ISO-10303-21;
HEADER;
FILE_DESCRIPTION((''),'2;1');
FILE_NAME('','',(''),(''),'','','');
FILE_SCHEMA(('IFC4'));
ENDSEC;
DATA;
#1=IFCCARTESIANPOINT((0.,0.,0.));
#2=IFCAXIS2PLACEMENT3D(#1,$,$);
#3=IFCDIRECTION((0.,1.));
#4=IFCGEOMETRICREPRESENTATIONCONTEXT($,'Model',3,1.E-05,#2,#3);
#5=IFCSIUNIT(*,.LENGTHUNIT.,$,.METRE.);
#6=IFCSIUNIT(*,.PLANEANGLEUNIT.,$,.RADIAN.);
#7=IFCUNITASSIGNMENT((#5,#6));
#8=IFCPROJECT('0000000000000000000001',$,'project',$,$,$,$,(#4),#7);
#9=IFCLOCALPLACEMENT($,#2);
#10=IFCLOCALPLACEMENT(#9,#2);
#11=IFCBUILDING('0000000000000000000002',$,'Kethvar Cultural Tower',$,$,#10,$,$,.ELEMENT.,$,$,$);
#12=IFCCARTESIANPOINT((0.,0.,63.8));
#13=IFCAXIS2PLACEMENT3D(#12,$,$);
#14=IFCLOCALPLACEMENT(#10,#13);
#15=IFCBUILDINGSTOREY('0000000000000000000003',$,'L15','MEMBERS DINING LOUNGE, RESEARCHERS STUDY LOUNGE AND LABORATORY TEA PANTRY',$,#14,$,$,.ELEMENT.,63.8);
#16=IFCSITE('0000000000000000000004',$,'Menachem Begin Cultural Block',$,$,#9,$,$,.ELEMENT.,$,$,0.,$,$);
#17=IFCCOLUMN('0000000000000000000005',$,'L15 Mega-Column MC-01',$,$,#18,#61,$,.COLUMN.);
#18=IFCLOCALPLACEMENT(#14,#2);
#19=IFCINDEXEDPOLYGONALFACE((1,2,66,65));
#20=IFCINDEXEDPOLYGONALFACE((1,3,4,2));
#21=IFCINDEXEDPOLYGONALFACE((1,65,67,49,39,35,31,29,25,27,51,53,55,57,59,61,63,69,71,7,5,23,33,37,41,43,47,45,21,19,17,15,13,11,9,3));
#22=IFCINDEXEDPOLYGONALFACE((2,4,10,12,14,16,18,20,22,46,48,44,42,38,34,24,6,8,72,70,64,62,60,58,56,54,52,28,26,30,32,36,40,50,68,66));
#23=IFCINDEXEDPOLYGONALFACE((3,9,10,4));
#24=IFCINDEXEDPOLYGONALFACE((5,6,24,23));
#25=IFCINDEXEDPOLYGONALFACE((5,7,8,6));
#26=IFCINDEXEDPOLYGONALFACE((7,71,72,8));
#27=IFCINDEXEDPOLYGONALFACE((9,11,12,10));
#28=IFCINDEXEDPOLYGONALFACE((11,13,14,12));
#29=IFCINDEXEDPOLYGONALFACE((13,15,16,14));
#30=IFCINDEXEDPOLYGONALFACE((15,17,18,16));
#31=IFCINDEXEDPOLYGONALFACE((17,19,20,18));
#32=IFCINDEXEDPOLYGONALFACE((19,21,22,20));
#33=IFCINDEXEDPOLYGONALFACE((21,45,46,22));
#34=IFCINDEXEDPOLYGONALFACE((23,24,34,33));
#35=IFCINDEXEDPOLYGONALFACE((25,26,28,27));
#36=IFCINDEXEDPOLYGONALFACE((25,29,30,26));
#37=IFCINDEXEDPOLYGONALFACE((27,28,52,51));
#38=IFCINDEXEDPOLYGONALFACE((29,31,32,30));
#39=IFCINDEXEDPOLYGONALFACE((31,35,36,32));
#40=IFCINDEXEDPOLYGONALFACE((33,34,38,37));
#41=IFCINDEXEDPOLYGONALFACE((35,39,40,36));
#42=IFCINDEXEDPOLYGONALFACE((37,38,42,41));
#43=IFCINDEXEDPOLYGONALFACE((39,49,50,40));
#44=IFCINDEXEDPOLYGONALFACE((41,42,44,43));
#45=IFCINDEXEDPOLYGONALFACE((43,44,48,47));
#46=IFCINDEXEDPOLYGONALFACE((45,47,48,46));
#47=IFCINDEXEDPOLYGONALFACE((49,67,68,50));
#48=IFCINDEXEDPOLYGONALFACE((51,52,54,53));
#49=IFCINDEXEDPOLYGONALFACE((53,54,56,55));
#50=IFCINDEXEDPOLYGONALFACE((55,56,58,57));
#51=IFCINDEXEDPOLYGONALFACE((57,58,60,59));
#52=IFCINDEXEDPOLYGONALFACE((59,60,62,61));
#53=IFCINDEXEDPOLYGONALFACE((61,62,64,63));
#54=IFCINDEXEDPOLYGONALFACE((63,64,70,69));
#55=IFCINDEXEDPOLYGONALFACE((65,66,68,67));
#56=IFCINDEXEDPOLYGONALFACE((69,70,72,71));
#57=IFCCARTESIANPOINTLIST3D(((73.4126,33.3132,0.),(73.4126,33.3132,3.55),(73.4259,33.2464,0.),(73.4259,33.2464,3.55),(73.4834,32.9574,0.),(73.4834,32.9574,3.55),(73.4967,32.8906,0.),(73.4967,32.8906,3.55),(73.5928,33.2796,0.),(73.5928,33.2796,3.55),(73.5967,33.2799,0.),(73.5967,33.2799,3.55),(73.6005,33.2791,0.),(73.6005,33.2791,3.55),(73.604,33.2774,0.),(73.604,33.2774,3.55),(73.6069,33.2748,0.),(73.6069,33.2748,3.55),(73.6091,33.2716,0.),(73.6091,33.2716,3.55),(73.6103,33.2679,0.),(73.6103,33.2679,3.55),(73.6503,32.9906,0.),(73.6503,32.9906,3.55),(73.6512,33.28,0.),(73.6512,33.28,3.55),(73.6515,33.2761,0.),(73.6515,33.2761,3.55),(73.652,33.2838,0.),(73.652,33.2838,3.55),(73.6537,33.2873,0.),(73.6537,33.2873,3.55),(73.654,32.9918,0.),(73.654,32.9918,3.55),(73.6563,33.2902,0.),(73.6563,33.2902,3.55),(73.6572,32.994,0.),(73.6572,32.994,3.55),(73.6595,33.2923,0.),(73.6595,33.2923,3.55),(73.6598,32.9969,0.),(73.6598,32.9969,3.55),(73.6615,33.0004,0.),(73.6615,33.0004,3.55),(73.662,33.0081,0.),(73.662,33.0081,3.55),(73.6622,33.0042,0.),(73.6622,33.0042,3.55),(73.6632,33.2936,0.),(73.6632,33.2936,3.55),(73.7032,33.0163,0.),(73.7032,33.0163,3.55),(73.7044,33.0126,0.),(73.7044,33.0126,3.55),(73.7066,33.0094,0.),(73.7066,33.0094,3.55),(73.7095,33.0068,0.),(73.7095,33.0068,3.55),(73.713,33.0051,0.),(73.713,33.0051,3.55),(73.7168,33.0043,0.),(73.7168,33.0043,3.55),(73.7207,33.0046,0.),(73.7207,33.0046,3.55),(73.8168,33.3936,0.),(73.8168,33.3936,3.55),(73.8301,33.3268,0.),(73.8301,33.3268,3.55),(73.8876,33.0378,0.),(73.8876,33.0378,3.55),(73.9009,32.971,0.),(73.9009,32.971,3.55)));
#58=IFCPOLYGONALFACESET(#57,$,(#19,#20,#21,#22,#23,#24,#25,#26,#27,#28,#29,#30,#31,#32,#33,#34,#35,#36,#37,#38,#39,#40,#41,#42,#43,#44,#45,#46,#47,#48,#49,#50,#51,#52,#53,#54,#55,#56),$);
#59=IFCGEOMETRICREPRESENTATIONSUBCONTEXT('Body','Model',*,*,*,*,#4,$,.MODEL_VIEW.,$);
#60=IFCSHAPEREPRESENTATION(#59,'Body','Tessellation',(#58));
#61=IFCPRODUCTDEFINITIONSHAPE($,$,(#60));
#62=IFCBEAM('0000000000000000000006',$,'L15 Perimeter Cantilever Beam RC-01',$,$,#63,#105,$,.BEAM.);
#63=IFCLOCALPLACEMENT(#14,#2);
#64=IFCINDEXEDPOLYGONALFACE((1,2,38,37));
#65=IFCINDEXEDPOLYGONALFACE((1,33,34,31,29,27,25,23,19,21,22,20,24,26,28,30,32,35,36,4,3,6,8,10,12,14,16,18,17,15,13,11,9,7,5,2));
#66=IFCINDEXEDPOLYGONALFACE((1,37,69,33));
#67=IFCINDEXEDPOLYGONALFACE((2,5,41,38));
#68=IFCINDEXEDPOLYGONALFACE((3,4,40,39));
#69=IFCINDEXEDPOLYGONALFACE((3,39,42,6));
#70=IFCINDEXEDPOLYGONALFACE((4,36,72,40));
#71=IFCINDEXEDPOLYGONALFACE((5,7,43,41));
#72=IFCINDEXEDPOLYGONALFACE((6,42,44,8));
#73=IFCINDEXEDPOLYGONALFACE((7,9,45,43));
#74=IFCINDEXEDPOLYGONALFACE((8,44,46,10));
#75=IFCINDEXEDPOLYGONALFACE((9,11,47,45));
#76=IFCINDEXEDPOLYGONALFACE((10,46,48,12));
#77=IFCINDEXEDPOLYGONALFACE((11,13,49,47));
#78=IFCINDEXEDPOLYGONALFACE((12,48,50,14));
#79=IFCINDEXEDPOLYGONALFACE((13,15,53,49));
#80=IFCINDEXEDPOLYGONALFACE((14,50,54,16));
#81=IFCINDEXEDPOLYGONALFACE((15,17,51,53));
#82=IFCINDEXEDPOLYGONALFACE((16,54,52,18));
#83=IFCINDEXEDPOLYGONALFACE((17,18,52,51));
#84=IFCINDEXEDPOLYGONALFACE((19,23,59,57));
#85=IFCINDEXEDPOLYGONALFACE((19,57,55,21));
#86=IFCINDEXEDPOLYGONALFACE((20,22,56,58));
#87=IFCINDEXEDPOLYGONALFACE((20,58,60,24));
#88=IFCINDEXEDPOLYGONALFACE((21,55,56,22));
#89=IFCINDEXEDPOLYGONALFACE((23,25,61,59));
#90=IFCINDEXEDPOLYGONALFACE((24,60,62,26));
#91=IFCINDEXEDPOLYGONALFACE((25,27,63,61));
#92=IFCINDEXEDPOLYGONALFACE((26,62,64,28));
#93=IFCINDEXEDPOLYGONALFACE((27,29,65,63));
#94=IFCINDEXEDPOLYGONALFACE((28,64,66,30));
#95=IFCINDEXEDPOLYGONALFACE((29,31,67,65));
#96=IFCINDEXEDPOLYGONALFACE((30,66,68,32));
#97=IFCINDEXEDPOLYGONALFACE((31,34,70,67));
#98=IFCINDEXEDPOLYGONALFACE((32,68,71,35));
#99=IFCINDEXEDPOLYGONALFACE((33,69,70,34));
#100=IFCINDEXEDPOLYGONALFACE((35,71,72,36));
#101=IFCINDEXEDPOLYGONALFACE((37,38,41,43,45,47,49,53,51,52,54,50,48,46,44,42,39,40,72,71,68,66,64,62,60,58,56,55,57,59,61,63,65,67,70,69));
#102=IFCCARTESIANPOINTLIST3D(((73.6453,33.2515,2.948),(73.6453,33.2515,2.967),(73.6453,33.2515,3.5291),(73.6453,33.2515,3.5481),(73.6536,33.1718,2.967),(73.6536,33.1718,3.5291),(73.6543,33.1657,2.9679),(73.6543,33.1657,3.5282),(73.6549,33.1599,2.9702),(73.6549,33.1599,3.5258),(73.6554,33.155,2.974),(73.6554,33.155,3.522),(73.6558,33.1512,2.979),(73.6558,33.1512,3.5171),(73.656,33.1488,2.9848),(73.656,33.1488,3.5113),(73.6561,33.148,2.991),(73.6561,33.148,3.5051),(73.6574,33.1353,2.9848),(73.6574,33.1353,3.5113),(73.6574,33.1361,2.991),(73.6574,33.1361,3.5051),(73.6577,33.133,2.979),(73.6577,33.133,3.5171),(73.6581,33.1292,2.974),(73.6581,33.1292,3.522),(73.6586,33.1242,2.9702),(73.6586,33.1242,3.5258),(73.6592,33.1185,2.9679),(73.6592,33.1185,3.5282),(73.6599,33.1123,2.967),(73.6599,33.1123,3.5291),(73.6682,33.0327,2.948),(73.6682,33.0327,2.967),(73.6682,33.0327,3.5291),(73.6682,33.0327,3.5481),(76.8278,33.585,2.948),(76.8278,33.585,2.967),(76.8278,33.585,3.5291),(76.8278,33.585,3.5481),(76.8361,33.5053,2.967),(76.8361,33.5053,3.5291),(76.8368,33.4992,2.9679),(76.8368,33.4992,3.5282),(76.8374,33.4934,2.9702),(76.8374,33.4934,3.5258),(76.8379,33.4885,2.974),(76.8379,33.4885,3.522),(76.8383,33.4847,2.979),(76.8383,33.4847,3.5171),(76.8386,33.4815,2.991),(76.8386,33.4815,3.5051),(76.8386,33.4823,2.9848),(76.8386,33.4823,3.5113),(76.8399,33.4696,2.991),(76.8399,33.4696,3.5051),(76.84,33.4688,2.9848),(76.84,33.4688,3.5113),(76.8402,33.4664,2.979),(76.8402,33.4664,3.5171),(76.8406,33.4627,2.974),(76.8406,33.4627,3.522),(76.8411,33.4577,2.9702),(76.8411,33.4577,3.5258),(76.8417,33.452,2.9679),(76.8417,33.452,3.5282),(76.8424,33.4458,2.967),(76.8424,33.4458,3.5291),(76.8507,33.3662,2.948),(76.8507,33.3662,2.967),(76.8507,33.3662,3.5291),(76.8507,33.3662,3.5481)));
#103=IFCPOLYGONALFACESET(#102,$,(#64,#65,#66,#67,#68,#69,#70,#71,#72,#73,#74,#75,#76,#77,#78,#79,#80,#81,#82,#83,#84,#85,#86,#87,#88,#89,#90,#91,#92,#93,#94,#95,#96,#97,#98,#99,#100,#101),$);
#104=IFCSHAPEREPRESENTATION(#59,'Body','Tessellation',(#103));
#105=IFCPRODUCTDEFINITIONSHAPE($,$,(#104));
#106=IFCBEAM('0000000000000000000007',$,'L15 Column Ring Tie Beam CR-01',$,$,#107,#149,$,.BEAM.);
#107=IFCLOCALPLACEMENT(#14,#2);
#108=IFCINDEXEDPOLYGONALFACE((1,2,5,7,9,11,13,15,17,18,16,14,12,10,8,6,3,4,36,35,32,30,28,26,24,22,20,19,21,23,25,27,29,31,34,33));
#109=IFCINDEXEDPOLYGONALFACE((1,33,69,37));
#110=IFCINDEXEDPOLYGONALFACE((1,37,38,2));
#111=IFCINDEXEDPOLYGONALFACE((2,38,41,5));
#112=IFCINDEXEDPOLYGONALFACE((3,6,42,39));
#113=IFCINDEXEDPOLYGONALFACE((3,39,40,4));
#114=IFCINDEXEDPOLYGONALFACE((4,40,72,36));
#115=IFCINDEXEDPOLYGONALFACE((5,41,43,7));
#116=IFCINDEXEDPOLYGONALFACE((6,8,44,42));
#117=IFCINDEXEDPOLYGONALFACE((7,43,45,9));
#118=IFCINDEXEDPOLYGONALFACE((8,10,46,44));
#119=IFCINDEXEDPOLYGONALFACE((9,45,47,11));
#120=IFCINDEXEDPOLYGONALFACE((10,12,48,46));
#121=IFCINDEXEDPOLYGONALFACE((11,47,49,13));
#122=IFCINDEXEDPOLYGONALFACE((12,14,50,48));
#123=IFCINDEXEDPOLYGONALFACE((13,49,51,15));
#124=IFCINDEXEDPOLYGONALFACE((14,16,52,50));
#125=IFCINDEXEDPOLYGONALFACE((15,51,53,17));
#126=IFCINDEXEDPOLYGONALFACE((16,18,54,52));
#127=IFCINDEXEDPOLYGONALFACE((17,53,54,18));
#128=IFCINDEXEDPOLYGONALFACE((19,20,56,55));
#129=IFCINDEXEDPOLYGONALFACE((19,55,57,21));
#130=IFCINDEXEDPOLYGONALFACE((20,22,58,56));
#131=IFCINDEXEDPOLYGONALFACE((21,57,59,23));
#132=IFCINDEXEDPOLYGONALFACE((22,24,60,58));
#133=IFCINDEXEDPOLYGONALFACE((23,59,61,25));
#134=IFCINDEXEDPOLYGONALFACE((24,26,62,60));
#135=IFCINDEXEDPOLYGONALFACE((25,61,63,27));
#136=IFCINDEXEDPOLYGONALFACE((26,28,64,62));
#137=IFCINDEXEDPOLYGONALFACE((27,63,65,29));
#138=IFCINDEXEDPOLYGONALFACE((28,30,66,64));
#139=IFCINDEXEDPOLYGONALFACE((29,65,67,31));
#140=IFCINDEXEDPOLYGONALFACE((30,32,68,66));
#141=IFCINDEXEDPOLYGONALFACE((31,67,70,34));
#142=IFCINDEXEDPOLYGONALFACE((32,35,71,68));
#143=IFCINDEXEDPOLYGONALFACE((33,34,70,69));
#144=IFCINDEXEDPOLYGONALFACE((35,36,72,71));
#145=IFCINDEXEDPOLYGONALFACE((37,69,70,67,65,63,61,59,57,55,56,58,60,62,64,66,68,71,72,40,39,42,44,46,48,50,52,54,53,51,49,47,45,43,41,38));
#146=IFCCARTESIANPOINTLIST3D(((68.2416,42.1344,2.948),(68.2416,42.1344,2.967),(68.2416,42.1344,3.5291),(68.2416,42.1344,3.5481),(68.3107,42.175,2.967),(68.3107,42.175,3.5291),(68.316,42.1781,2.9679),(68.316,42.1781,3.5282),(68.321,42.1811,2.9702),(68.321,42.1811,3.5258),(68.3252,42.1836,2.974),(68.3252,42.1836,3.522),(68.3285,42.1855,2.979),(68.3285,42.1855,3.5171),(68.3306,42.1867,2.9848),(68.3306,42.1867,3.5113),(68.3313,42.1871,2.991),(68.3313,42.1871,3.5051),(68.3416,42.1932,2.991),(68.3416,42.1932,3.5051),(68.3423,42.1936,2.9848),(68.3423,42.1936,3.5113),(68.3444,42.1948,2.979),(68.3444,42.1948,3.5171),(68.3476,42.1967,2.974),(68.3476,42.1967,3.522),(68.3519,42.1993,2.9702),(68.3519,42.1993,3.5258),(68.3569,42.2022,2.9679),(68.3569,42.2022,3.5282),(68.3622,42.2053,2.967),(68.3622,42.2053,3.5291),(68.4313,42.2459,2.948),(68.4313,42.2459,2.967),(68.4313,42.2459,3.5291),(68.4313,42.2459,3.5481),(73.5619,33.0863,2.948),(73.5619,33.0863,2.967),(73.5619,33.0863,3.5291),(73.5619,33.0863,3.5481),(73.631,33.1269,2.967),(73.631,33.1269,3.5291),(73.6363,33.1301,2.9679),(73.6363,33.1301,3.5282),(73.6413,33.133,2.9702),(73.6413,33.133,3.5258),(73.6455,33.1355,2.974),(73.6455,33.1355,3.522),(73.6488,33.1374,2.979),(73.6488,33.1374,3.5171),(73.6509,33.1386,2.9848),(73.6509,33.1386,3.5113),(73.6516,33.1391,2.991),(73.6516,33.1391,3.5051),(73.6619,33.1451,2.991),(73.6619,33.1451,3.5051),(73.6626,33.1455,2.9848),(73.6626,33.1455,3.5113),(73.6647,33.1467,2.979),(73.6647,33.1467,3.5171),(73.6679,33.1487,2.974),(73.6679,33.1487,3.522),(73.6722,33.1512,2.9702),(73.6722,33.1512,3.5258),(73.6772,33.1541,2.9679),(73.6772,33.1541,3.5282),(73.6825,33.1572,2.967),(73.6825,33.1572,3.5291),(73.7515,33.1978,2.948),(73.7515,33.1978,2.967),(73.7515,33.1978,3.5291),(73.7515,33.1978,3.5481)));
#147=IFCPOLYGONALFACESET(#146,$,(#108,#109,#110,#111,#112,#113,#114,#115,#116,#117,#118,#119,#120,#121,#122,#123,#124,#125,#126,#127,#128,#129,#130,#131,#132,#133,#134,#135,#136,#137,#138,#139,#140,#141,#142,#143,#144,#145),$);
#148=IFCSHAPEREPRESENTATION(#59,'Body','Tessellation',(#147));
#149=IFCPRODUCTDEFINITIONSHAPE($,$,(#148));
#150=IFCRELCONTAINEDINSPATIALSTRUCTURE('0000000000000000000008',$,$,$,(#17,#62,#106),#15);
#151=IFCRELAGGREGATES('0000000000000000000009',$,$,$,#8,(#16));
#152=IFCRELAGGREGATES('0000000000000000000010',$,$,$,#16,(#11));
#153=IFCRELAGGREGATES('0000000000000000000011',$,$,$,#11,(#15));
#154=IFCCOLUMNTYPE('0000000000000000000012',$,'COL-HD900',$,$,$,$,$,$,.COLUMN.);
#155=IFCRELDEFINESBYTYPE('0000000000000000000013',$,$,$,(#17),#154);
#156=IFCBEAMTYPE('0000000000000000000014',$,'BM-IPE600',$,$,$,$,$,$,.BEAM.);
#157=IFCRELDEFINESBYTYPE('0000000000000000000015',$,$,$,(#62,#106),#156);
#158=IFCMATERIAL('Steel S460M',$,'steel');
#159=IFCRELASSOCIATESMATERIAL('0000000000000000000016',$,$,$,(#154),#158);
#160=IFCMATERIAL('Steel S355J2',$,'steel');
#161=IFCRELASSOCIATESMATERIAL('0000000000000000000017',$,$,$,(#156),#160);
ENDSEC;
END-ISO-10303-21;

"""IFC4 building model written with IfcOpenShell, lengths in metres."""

from ifc_helpers import new_model, si_unit, direction, frame, origin, origin_2d, place, context, subcontext, project, spatial, i_section, extrude, source, transform, mapped, material, material_profile, profile_set, type_object, element, save


model = new_model("IFC4")

# Units and contexts
model_context = context("Model", 3, precision=1e-05, world=origin(), true_north=direction((0.0, 1.0)))
body_context = subcontext(model_context, "Body", "Model", "MODEL_VIEW")
ifc_project = project(units=[si_unit("LENGTHUNIT", "METRE"), si_unit("PLANEANGLEUNIT", "RADIAN")], contexts=[model_context])

# Site, building, storey
site_placement = place(None, origin())
site = spatial("IfcSite", under=ifc_project, at=site_placement, Name="Menachem Begin Cultural Block", CompositionType="ELEMENT", RefElevation=0.0)
building_placement = place(site_placement, origin())
building = spatial("IfcBuilding", under=site, at=building_placement, Name="Kethvar Cultural Tower", CompositionType="ELEMENT")
storey_placement = place(building_placement, frame((0.0, 0.0, 63.8)))
storey = spatial("IfcBuildingStorey", under=building, at=storey_placement, Name="L15", Description="MEMBERS DINING LOUNGE, RESEARCHERS STUDY LOUNGE AND LABORATORY TEA PANTRY", CompositionType="ELEMENT", Elevation=63.8)

# Column
ifc_material_1 = material(Name="Steel S460M", Category="steel")
ifc_material_profile_1 = material_profile(ifc_material_1, i_section(OverallWidth=0.4121, OverallDepth=0.4309, WebThickness=0.042, FlangeThickness=0.0681, FilletRadius=0.0149, at=origin_2d()), Name="Steel S460M — HD400x900")
ifc_profile_set_1 = profile_set([ifc_material_profile_1], Name="Steel S460M — HD400x900")
column_type = type_object("IfcColumnType", Name="COL-HD900", PredefinedType="COLUMN", material=ifc_profile_set_1)
shared_shape_1 = source(origin(), body_context, "Body", "SweptSolid", [
    extrude(i_section(OverallWidth=0.4121, OverallDepth=0.4309, WebThickness=0.042, FlangeThickness=0.0681, FilletRadius=0.0149, at=origin_2d()), origin(), (0.0, 0.0, 1.0), 3.55),
])
column_placement = place(storey_placement, frame((73.6567, 33.1421, 0.0), z_axis=(0.0, 0.0, 1.0), x_axis=(0.980785, 0.19509, 0.0)))
element("IfcColumn", 1, at=column_placement, inside=storey, type_object=column_type, Name="L15 Mega-Column MC-01", PredefinedType="COLUMN", context=body_context, shape_type="MappedRepresentation", body=[
    mapped(shared_shape_1, transform((0.0, 0.0, 0.0), scale=1.0)),
])

# Beams
ifc_material_2 = material(Name="Steel S355J2", Category="steel")
ifc_material_profile_2 = material_profile(ifc_material_2, i_section(OverallWidth=0.22, OverallDepth=0.6001, WebThickness=0.012, FlangeThickness=0.019, FilletRadius=0.0239, at=origin_2d()), Name="Steel S355J2 — IPE600")
ifc_profile_set_2 = profile_set([ifc_material_profile_2], Name="Steel S355J2 — IPE600")
beam_type_1 = type_object("IfcBeamType", Name="BM-IPE600", PredefinedType="BEAM", material=ifc_profile_set_2)
shared_shape_2 = source(origin(), body_context, "Body", "SweptSolid", [
    extrude(i_section(OverallWidth=0.22, OverallDepth=0.6001, WebThickness=0.012, FlangeThickness=0.019, FilletRadius=0.0239, at=origin_2d()), origin(), (0.0, 0.0, 1.0), 3.2),
])
beam_1_placement = place(storey_placement, frame((73.6567, 33.1421, 3.248), z_axis=(0.994555, 0.104216, 0.0), x_axis=(-0.104216, 0.994555, 0.0)))
element("IfcBeam", 2, at=beam_1_placement, inside=storey, type_object=beam_type_1, Name="L15 Perimeter Cantilever Beam RC-01", PredefinedType="BEAM", context=body_context, shape_type="MappedRepresentation", body=[
    mapped(shared_shape_2, transform((0.0, 0.0, 0.0), scale=1.0)),
])
shared_shape_3 = source(origin(), body_context, "Body", "SweptSolid", [
    extrude(i_section(OverallWidth=0.22, OverallDepth=0.6001, WebThickness=0.012, FlangeThickness=0.019, FilletRadius=0.0239, at=origin_2d()), origin(), (0.0, 0.0, 1.0), 10.4963),
])
beam_2_placement = place(storey_placement, frame((73.6567, 33.1421, 3.248), z_axis=(-0.506872, 0.862022, 0.0), x_axis=(-0.862022, -0.506872, 0.0)))
element("IfcBeam", 3, at=beam_2_placement, inside=storey, type_object=beam_type_1, Name="L15 Column Ring Tie Beam CR-01", PredefinedType="BEAM", context=body_context, shape_type="MappedRepresentation", body=[
    mapped(shared_shape_3, transform((0.0, 0.0, 0.0), scale=1.0)),
])

save(model, "model.ifc")
